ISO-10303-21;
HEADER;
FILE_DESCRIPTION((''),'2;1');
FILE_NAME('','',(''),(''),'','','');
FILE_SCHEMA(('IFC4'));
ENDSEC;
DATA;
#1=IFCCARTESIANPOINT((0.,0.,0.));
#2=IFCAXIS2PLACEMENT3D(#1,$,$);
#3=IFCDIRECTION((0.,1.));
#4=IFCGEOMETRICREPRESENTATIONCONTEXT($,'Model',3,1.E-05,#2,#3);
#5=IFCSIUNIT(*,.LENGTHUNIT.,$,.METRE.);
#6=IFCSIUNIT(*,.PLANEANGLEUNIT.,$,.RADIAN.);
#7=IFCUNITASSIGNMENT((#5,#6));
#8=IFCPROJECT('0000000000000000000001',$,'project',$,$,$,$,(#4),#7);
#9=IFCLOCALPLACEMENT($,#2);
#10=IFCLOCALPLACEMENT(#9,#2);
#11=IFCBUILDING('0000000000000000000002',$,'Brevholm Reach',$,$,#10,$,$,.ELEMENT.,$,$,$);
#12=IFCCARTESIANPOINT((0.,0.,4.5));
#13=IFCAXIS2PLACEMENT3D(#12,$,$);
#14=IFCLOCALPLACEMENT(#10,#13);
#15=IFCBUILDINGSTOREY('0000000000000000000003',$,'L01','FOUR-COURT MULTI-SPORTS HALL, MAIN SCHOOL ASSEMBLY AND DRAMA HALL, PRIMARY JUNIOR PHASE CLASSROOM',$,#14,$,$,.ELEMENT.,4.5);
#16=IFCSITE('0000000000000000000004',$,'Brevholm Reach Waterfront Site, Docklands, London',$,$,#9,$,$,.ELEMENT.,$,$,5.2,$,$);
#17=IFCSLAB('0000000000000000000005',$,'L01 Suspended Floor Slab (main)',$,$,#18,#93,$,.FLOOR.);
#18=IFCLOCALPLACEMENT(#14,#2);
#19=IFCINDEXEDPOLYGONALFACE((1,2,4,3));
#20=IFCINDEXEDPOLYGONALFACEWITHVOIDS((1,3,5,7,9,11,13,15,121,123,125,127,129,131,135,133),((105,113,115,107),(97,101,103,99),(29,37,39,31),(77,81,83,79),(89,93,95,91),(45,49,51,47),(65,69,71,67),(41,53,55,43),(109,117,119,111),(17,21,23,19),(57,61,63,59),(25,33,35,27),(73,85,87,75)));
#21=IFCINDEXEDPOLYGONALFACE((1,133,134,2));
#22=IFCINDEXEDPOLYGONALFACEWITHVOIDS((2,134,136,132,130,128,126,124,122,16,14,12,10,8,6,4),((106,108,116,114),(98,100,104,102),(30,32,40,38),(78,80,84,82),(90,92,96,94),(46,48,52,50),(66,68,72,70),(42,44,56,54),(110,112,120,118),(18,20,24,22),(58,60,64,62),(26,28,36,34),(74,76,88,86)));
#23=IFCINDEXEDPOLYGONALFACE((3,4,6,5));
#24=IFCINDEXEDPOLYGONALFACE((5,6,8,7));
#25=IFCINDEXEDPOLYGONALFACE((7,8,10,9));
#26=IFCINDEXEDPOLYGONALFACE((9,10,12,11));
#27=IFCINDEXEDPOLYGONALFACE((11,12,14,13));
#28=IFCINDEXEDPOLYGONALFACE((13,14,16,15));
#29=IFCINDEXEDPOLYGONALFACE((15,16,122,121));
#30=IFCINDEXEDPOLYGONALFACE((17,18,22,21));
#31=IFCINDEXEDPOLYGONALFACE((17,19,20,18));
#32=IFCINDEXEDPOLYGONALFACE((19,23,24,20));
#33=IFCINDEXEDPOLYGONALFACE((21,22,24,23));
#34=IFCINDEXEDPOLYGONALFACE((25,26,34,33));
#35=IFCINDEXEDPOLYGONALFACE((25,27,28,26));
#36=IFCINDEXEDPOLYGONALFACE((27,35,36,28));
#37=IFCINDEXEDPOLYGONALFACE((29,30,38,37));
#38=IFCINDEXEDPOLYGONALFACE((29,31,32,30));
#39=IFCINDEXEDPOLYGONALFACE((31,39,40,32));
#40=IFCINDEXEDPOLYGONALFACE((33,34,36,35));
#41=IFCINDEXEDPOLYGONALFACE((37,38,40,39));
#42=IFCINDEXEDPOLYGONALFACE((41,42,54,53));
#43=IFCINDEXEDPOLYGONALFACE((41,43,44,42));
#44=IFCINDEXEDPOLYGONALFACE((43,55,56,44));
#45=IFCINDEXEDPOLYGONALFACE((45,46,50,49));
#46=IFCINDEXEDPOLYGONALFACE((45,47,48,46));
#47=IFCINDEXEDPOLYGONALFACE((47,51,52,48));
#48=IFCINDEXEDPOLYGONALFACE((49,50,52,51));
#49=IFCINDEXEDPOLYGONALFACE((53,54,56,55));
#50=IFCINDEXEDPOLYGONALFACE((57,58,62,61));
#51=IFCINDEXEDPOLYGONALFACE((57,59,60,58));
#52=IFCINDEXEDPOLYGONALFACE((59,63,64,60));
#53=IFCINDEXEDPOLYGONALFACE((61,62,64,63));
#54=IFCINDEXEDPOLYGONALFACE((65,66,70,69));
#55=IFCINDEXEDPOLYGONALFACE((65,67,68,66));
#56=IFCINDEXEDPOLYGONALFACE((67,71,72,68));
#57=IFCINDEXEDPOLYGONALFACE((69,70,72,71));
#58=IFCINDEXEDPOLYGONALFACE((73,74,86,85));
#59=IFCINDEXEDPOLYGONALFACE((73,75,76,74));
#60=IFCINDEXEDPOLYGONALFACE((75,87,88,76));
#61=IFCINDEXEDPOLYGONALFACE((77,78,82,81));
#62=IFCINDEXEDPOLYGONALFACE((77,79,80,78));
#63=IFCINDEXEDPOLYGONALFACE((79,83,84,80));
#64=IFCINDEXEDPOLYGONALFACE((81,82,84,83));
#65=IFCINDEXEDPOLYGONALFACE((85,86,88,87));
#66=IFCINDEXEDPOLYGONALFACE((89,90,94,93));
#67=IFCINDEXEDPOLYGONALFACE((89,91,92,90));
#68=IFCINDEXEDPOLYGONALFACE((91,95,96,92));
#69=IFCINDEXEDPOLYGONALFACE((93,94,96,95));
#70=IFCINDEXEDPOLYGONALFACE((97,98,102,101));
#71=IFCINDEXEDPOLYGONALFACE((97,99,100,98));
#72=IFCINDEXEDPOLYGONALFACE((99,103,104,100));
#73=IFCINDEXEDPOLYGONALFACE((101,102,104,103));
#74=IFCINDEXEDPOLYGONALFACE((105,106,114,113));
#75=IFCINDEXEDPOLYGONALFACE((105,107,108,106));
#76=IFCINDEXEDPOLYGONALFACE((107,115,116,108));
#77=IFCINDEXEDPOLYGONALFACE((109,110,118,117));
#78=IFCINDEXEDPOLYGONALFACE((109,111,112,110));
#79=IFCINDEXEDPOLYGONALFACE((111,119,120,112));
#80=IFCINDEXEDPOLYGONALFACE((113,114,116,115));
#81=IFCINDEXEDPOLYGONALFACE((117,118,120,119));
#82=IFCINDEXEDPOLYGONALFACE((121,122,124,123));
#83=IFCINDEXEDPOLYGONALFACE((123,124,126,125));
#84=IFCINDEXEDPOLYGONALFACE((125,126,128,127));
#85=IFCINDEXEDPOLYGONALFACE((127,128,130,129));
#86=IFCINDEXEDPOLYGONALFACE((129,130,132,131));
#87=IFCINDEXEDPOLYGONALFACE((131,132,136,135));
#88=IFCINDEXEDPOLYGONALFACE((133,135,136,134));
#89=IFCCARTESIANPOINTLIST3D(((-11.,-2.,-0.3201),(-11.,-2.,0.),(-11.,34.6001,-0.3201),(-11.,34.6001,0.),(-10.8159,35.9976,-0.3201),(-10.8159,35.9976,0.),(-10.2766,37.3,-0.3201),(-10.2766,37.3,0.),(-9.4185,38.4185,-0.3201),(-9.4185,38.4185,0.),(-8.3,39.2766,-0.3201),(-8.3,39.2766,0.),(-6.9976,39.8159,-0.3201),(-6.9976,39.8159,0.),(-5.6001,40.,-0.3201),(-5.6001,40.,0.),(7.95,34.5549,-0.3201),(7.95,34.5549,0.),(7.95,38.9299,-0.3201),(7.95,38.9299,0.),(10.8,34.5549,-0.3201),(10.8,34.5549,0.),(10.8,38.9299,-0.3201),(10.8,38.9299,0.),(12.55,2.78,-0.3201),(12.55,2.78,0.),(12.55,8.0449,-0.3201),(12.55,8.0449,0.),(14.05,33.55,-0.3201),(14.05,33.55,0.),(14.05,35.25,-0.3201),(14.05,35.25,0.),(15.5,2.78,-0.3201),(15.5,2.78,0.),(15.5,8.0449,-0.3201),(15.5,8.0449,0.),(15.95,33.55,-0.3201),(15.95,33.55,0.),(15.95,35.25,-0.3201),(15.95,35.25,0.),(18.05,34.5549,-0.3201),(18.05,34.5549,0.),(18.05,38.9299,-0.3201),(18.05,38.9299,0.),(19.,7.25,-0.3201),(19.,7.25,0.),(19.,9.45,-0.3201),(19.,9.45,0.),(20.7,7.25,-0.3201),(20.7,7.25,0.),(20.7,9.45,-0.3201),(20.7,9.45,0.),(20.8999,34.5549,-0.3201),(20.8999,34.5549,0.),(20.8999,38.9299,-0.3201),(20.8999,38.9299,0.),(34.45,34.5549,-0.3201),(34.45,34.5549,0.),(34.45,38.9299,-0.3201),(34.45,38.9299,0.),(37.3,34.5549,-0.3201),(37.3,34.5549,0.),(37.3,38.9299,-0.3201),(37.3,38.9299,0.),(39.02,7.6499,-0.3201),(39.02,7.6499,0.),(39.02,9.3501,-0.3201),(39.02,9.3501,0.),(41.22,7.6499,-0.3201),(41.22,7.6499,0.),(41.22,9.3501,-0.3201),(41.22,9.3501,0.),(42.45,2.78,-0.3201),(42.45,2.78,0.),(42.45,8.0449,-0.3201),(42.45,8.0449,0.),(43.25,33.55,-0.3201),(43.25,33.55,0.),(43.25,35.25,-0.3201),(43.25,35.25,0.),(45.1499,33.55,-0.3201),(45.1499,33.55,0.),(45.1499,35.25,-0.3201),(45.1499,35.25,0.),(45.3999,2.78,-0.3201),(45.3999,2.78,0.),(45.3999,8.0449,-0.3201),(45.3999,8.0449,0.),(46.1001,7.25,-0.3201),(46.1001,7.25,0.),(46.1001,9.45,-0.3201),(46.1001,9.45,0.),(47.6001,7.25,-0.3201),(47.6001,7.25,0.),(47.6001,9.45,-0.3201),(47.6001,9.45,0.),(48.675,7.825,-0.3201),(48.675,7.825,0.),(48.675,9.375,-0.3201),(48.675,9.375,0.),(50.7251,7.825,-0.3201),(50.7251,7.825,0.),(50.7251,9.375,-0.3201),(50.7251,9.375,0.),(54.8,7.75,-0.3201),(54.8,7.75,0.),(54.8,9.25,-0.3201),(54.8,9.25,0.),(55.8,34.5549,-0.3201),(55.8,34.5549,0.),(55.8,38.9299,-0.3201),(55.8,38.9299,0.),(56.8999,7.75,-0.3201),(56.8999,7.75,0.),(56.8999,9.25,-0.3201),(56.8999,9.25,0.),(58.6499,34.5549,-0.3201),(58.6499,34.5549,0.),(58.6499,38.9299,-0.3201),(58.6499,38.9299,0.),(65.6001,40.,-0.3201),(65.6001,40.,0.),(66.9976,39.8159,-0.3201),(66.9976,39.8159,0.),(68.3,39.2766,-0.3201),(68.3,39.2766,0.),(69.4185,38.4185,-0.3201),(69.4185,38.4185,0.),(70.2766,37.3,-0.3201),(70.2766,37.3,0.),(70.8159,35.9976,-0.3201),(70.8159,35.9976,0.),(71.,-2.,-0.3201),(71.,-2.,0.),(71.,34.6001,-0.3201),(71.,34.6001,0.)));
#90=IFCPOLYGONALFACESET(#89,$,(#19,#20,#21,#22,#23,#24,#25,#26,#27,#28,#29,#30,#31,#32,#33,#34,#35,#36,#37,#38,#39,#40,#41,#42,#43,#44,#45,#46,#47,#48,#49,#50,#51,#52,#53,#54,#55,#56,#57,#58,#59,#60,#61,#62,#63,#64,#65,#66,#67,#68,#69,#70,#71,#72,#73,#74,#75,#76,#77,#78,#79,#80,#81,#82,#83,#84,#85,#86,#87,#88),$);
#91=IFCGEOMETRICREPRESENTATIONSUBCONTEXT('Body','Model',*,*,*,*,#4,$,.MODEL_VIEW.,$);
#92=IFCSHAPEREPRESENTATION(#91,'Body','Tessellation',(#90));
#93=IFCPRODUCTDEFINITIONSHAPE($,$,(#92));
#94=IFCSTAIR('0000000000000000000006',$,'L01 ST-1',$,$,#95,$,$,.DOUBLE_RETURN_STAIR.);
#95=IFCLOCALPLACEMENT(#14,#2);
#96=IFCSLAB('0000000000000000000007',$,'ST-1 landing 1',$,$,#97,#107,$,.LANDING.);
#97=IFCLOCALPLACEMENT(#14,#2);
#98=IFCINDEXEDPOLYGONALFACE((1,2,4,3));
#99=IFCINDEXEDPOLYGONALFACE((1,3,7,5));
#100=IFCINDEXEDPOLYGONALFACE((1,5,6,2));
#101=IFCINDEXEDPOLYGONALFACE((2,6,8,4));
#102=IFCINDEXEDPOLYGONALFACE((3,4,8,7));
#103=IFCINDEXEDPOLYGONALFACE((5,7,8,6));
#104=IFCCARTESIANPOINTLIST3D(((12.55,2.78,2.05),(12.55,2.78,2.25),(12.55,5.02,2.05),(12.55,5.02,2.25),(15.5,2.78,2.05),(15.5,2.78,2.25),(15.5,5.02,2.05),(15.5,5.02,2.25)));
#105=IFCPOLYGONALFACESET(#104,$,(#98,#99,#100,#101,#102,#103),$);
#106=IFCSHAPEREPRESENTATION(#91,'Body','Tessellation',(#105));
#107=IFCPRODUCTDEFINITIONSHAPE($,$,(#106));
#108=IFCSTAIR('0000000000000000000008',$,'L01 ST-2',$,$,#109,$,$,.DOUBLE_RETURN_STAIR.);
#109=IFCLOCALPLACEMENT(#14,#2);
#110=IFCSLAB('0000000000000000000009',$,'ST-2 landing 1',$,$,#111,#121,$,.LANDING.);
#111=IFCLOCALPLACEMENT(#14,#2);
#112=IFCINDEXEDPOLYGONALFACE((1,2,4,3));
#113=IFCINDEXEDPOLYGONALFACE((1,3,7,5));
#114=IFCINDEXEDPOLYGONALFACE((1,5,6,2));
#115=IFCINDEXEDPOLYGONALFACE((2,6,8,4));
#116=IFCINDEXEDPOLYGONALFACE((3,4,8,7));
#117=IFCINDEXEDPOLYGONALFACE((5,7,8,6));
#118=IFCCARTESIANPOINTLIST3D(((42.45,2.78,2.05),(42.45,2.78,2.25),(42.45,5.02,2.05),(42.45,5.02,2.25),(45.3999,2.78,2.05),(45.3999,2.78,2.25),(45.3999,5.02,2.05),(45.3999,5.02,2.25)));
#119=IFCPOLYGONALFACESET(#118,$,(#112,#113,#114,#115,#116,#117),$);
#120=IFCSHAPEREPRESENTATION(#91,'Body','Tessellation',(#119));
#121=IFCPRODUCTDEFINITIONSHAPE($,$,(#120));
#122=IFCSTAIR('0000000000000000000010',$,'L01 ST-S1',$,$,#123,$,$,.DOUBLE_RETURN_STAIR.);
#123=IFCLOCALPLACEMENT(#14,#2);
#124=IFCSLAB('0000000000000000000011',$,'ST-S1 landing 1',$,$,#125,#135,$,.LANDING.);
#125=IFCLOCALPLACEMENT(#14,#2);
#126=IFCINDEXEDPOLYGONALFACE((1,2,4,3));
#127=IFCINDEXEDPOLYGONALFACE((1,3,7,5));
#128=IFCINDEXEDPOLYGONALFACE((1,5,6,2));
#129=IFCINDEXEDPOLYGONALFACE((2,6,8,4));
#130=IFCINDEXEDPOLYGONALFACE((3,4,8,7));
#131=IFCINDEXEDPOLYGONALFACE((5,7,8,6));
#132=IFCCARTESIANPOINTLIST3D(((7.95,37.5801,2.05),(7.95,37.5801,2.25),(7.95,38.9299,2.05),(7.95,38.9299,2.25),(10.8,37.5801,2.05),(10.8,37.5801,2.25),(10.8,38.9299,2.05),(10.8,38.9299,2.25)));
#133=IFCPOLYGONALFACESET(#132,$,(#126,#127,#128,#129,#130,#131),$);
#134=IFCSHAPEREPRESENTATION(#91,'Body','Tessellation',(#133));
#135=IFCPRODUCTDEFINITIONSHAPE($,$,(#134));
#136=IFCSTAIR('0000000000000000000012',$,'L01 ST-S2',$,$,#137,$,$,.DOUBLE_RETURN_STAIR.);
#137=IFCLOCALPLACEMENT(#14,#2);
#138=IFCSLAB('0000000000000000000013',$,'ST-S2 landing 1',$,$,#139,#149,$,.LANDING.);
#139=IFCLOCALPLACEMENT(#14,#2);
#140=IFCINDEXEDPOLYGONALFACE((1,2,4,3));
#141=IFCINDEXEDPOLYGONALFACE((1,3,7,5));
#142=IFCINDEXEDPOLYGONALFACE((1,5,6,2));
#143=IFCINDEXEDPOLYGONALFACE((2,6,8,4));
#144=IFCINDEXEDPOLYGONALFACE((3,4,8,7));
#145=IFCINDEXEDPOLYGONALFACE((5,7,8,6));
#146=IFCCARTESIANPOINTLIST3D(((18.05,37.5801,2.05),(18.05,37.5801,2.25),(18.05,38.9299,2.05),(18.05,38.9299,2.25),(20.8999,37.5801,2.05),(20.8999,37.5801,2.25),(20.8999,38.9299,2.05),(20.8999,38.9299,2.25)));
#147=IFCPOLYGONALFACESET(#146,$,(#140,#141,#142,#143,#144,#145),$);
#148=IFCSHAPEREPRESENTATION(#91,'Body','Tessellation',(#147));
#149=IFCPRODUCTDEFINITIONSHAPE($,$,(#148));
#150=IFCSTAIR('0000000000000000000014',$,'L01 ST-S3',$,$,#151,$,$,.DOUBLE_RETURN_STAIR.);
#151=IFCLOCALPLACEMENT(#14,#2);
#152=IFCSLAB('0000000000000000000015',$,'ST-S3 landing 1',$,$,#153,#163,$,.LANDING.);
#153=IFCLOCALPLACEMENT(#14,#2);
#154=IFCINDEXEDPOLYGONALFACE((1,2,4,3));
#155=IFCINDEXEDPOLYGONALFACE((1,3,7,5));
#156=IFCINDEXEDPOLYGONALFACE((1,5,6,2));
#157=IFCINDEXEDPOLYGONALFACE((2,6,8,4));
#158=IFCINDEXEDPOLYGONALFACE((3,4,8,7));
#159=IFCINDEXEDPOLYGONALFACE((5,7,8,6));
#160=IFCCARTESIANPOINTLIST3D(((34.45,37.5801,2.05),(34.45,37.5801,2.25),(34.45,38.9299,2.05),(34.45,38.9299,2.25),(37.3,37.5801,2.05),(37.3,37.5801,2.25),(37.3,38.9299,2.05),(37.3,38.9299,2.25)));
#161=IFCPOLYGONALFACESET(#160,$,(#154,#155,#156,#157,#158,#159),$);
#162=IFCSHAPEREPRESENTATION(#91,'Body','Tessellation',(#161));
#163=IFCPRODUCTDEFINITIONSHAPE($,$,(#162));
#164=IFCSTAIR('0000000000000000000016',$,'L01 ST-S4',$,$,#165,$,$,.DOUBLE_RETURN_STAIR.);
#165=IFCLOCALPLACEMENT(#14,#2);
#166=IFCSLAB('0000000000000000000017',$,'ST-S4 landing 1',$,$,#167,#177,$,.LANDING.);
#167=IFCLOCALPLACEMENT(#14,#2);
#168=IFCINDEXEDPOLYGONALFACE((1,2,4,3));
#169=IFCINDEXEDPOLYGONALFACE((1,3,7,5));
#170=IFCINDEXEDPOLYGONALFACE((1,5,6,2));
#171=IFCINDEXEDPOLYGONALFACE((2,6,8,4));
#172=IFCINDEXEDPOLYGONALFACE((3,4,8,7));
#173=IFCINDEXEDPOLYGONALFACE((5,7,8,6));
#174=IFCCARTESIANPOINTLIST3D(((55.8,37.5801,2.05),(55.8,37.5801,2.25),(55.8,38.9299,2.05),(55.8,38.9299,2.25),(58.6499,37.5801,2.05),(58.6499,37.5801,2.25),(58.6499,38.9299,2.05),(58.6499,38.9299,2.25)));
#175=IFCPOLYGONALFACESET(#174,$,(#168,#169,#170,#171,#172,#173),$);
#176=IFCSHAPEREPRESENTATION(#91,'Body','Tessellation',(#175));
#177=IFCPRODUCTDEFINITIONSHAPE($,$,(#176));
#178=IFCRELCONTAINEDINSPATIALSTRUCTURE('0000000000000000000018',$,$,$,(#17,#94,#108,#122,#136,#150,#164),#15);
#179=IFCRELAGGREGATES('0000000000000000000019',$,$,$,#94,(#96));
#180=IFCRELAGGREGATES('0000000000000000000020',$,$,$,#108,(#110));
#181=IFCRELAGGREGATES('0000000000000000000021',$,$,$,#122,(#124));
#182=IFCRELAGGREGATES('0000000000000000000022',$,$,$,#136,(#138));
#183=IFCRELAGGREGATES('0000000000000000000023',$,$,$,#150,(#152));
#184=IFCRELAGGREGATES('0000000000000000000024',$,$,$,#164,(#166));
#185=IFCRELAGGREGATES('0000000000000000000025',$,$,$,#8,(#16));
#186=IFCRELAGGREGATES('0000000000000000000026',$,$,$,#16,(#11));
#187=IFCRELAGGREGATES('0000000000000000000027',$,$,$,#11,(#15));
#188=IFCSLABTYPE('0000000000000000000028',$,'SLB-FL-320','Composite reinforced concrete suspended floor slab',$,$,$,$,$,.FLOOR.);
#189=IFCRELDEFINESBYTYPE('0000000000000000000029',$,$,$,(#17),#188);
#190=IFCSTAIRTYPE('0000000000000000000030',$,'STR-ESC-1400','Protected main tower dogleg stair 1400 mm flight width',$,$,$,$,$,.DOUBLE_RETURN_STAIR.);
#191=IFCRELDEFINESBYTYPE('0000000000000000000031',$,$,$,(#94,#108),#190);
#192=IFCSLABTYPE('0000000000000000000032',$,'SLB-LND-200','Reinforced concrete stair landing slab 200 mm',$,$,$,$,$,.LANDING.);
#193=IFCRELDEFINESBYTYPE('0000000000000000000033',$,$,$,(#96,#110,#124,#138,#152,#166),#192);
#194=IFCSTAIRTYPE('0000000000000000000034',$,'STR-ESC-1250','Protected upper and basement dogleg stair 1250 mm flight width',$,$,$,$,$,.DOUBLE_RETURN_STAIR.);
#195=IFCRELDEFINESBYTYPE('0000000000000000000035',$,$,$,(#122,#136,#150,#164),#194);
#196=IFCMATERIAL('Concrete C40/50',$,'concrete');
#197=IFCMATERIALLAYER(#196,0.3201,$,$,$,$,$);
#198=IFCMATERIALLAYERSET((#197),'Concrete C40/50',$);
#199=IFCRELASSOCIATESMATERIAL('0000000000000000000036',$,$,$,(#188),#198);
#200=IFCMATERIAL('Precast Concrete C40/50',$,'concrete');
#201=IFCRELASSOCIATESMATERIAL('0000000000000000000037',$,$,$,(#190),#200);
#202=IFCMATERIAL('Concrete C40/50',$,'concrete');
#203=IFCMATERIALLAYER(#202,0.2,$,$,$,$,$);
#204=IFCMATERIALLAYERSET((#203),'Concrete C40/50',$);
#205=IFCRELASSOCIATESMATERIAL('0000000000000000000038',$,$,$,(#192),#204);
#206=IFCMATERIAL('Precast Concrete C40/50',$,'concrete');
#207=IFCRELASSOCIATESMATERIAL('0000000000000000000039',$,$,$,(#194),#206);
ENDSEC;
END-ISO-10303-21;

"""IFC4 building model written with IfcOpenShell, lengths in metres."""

from ifc_helpers import new_model, si_unit, direction, frame, origin, place, context, subcontext, project, spatial, polyline, outline, extrude, material, layer, layer_set, type_object, element, aggregate, save


model = new_model("IFC4")

# Units and contexts
model_context = context("Model", 3, precision=1e-05, world=origin(), true_north=direction((0.0, 1.0)))
body_context = subcontext(model_context, "Body", "Model", "MODEL_VIEW")
ifc_project = project(units=[si_unit("LENGTHUNIT", "METRE"), si_unit("PLANEANGLEUNIT", "RADIAN")], contexts=[model_context])

# Site, building, storey
site_placement = place(None, origin())
site = spatial("IfcSite", under=ifc_project, at=site_placement, Name="Brevholm Reach Waterfront Site, Docklands, London", CompositionType="ELEMENT", RefElevation=5.2)
building_placement = place(site_placement, origin())
building = spatial("IfcBuilding", under=site, at=building_placement, Name="Brevholm Reach", CompositionType="ELEMENT")
storey_placement = place(building_placement, frame((0.0, 0.0, 4.5)))
storey = spatial("IfcBuildingStorey", under=building, at=storey_placement, Name="L01", Description="FOUR-COURT MULTI-SPORTS HALL, MAIN SCHOOL ASSEMBLY AND DRAMA HALL, PRIMARY JUNIOR PHASE CLASSROOM", CompositionType="ELEMENT", Elevation=4.5)

# Slab
ifc_material_1 = material(Name="Concrete C40/50", Category="concrete")
ifc_layer_1 = layer(ifc_material_1, 0.3201)
ifc_layer_set_1 = layer_set([ifc_layer_1], Name="Concrete C40/50")
slab_type_1 = type_object("IfcSlabType", Name="SLB-FL-320", Description="Composite reinforced concrete suspended floor slab", PredefinedType="FLOOR", material=ifc_layer_set_1)
slab_1_placement = place(storey_placement, frame((0.0, 0.0, -0.3201)))
element("IfcSlab", 1, at=slab_1_placement, inside=storey, type_object=slab_type_1, Name="L01 Suspended Floor Slab (main)", PredefinedType="FLOOR", context=body_context, shape_type="SweptSolid", body=[
    extrude(outline(polyline([(-11.0, -2.0), (71.0, -2.0), (71.0, 34.6001), (70.8159, 35.9976), (70.2766, 37.3), (69.4185, 38.4185), (68.3, 39.2766), (66.9976, 39.8159), (65.6001, 40.0), (-5.6001, 40.0), (-6.9976, 39.8159), (-8.3, 39.2766), (-9.4185, 38.4185), (-10.2766, 37.3), (-10.8159, 35.9976), (-11.0, 34.6001), (-11.0, -2.0)]), holes=[polyline([(12.55, 2.78), (15.5, 2.78), (15.5, 8.0449), (12.55, 8.0449), (12.55, 2.78)]), polyline([(42.45, 2.78), (45.3999, 2.78), (45.3999, 8.0449), (42.45, 8.0449), (42.45, 2.78)]), polyline([(7.95, 34.5549), (10.8, 34.5549), (10.8, 38.9299), (7.95, 38.9299), (7.95, 34.5549)]), polyline([(18.05, 34.5549), (20.8999, 34.5549), (20.8999, 38.9299), (18.05, 38.9299), (18.05, 34.5549)]), polyline([(34.45, 34.5549), (37.3, 34.5549), (37.3, 38.9299), (34.45, 38.9299), (34.45, 34.5549)]), polyline([(55.8, 34.5549), (58.6499, 34.5549), (58.6499, 38.9299), (55.8, 38.9299), (55.8, 34.5549)]), polyline([(19.0, 7.25), (20.7, 7.25), (20.7, 9.45), (19.0, 9.45), (19.0, 7.25)]), polyline([(46.1001, 7.25), (47.6001, 7.25), (47.6001, 9.45), (46.1001, 9.45), (46.1001, 7.25)]), polyline([(48.675, 7.825), (50.7251, 7.825), (50.7251, 9.375), (48.675, 9.375), (48.675, 7.825)]), polyline([(54.8, 7.75), (56.8999, 7.75), (56.8999, 9.25), (54.8, 9.25), (54.8, 7.75)]), polyline([(39.02, 7.6499), (41.22, 7.6499), (41.22, 9.3501), (39.02, 9.3501), (39.02, 7.6499)]), polyline([(14.05, 33.55), (15.95, 33.55), (15.95, 35.25), (14.05, 35.25), (14.05, 33.55)]), polyline([(43.25, 33.55), (45.1499, 33.55), (45.1499, 35.25), (43.25, 35.25), (43.25, 33.55)])]), origin(), (0.0, 0.0, 1.0), 0.3201),
])

# Stairs, slabs
ifc_material_2 = material(Name="Precast Concrete C40/50", Category="concrete")
stair_type_1 = type_object("IfcStairType", Name="STR-ESC-1400", Description="Protected main tower dogleg stair 1400 mm flight width", PredefinedType="DOUBLE_RETURN_STAIR", material=ifc_material_2)
stair_1_placement = place(storey_placement, origin())
stair_1 = element("IfcStair", 2, at=stair_1_placement, inside=storey, type_object=stair_type_1, Name="L01 ST-1", PredefinedType="DOUBLE_RETURN_STAIR")
ifc_material_3 = material(Name="Concrete C40/50", Category="concrete")
ifc_layer_2 = layer(ifc_material_3, 0.2)
ifc_layer_set_2 = layer_set([ifc_layer_2], Name="Concrete C40/50")
slab_type_2 = type_object("IfcSlabType", Name="SLB-LND-200", Description="Reinforced concrete stair landing slab 200 mm", PredefinedType="LANDING", material=ifc_layer_set_2)
slab_2_placement = place(storey_placement, frame((0.0, 0.0, 2.05)))
slab_2 = element("IfcSlab", 3, at=slab_2_placement, type_object=slab_type_2, Name="ST-1 landing 1", PredefinedType="LANDING", context=body_context, shape_type="SweptSolid", body=[
    extrude(outline(polyline([(12.55, 5.02), (12.55, 2.78), (15.5, 2.78), (15.5, 5.02), (12.55, 5.02)])), origin(), (0.0, 0.0, 1.0), 0.2),
])
aggregate(stair_1, [slab_2])
stair_2_placement = place(storey_placement, origin())
stair_2 = element("IfcStair", 4, at=stair_2_placement, inside=storey, type_object=stair_type_1, Name="L01 ST-2", PredefinedType="DOUBLE_RETURN_STAIR")
slab_3_placement = place(storey_placement, frame((0.0, 0.0, 2.05)))
slab_3 = element("IfcSlab", 5, at=slab_3_placement, type_object=slab_type_2, Name="ST-2 landing 1", PredefinedType="LANDING", context=body_context, shape_type="SweptSolid", body=[
    extrude(outline(polyline([(42.45, 5.02), (42.45, 2.78), (45.3999, 2.78), (45.3999, 5.02), (42.45, 5.02)])), origin(), (0.0, 0.0, 1.0), 0.2),
])
aggregate(stair_2, [slab_3])
ifc_material_4 = material(Name="Precast Concrete C40/50", Category="concrete")
stair_type_2 = type_object("IfcStairType", Name="STR-ESC-1250", Description="Protected upper and basement dogleg stair 1250 mm flight width", PredefinedType="DOUBLE_RETURN_STAIR", material=ifc_material_4)
stair_3_placement = place(storey_placement, origin())
stair_3 = element("IfcStair", 6, at=stair_3_placement, inside=storey, type_object=stair_type_2, Name="L01 ST-S1", PredefinedType="DOUBLE_RETURN_STAIR")
slab_4_placement = place(storey_placement, frame((0.0, 0.0, 2.05)))
slab_4 = element("IfcSlab", 7, at=slab_4_placement, type_object=slab_type_2, Name="ST-S1 landing 1", PredefinedType="LANDING", context=body_context, shape_type="SweptSolid", body=[
    extrude(outline(polyline([(10.8, 37.5801), (10.8, 38.9299), (7.95, 38.9299), (7.95, 37.5801), (10.8, 37.5801)])), origin(), (0.0, 0.0, 1.0), 0.2),
])
aggregate(stair_3, [slab_4])
stair_4_placement = place(storey_placement, origin())
stair_4 = element("IfcStair", 8, at=stair_4_placement, inside=storey, type_object=stair_type_2, Name="L01 ST-S2", PredefinedType="DOUBLE_RETURN_STAIR")
slab_5_placement = place(storey_placement, frame((0.0, 0.0, 2.05)))
slab_5 = element("IfcSlab", 9, at=slab_5_placement, type_object=slab_type_2, Name="ST-S2 landing 1", PredefinedType="LANDING", context=body_context, shape_type="SweptSolid", body=[
    extrude(outline(polyline([(20.8999, 37.5801), (20.8999, 38.9299), (18.05, 38.9299), (18.05, 37.5801), (20.8999, 37.5801)])), origin(), (0.0, 0.0, 1.0), 0.2),
])
aggregate(stair_4, [slab_5])
stair_5_placement = place(storey_placement, origin())
stair_5 = element("IfcStair", 10, at=stair_5_placement, inside=storey, type_object=stair_type_2, Name="L01 ST-S3", PredefinedType="DOUBLE_RETURN_STAIR")
slab_6_placement = place(storey_placement, frame((0.0, 0.0, 2.05)))
slab_6 = element("IfcSlab", 11, at=slab_6_placement, type_object=slab_type_2, Name="ST-S3 landing 1", PredefinedType="LANDING", context=body_context, shape_type="SweptSolid", body=[
    extrude(outline(polyline([(37.3, 37.5801), (37.3, 38.9299), (34.45, 38.9299), (34.45, 37.5801), (37.3, 37.5801)])), origin(), (0.0, 0.0, 1.0), 0.2),
])
aggregate(stair_5, [slab_6])
stair_6_placement = place(storey_placement, origin())
stair_6 = element("IfcStair", 12, at=stair_6_placement, inside=storey, type_object=stair_type_2, Name="L01 ST-S4", PredefinedType="DOUBLE_RETURN_STAIR")
slab_7_placement = place(storey_placement, frame((0.0, 0.0, 2.05)))
slab_7 = element("IfcSlab", 13, at=slab_7_placement, type_object=slab_type_2, Name="ST-S4 landing 1", PredefinedType="LANDING", context=body_context, shape_type="SweptSolid", body=[
    extrude(outline(polyline([(58.6499, 37.5801), (58.6499, 38.9299), (55.8, 38.9299), (55.8, 37.5801), (58.6499, 37.5801)])), origin(), (0.0, 0.0, 1.0), 0.2),
])
aggregate(stair_6, [slab_7])

save(model, "model.ifc")
